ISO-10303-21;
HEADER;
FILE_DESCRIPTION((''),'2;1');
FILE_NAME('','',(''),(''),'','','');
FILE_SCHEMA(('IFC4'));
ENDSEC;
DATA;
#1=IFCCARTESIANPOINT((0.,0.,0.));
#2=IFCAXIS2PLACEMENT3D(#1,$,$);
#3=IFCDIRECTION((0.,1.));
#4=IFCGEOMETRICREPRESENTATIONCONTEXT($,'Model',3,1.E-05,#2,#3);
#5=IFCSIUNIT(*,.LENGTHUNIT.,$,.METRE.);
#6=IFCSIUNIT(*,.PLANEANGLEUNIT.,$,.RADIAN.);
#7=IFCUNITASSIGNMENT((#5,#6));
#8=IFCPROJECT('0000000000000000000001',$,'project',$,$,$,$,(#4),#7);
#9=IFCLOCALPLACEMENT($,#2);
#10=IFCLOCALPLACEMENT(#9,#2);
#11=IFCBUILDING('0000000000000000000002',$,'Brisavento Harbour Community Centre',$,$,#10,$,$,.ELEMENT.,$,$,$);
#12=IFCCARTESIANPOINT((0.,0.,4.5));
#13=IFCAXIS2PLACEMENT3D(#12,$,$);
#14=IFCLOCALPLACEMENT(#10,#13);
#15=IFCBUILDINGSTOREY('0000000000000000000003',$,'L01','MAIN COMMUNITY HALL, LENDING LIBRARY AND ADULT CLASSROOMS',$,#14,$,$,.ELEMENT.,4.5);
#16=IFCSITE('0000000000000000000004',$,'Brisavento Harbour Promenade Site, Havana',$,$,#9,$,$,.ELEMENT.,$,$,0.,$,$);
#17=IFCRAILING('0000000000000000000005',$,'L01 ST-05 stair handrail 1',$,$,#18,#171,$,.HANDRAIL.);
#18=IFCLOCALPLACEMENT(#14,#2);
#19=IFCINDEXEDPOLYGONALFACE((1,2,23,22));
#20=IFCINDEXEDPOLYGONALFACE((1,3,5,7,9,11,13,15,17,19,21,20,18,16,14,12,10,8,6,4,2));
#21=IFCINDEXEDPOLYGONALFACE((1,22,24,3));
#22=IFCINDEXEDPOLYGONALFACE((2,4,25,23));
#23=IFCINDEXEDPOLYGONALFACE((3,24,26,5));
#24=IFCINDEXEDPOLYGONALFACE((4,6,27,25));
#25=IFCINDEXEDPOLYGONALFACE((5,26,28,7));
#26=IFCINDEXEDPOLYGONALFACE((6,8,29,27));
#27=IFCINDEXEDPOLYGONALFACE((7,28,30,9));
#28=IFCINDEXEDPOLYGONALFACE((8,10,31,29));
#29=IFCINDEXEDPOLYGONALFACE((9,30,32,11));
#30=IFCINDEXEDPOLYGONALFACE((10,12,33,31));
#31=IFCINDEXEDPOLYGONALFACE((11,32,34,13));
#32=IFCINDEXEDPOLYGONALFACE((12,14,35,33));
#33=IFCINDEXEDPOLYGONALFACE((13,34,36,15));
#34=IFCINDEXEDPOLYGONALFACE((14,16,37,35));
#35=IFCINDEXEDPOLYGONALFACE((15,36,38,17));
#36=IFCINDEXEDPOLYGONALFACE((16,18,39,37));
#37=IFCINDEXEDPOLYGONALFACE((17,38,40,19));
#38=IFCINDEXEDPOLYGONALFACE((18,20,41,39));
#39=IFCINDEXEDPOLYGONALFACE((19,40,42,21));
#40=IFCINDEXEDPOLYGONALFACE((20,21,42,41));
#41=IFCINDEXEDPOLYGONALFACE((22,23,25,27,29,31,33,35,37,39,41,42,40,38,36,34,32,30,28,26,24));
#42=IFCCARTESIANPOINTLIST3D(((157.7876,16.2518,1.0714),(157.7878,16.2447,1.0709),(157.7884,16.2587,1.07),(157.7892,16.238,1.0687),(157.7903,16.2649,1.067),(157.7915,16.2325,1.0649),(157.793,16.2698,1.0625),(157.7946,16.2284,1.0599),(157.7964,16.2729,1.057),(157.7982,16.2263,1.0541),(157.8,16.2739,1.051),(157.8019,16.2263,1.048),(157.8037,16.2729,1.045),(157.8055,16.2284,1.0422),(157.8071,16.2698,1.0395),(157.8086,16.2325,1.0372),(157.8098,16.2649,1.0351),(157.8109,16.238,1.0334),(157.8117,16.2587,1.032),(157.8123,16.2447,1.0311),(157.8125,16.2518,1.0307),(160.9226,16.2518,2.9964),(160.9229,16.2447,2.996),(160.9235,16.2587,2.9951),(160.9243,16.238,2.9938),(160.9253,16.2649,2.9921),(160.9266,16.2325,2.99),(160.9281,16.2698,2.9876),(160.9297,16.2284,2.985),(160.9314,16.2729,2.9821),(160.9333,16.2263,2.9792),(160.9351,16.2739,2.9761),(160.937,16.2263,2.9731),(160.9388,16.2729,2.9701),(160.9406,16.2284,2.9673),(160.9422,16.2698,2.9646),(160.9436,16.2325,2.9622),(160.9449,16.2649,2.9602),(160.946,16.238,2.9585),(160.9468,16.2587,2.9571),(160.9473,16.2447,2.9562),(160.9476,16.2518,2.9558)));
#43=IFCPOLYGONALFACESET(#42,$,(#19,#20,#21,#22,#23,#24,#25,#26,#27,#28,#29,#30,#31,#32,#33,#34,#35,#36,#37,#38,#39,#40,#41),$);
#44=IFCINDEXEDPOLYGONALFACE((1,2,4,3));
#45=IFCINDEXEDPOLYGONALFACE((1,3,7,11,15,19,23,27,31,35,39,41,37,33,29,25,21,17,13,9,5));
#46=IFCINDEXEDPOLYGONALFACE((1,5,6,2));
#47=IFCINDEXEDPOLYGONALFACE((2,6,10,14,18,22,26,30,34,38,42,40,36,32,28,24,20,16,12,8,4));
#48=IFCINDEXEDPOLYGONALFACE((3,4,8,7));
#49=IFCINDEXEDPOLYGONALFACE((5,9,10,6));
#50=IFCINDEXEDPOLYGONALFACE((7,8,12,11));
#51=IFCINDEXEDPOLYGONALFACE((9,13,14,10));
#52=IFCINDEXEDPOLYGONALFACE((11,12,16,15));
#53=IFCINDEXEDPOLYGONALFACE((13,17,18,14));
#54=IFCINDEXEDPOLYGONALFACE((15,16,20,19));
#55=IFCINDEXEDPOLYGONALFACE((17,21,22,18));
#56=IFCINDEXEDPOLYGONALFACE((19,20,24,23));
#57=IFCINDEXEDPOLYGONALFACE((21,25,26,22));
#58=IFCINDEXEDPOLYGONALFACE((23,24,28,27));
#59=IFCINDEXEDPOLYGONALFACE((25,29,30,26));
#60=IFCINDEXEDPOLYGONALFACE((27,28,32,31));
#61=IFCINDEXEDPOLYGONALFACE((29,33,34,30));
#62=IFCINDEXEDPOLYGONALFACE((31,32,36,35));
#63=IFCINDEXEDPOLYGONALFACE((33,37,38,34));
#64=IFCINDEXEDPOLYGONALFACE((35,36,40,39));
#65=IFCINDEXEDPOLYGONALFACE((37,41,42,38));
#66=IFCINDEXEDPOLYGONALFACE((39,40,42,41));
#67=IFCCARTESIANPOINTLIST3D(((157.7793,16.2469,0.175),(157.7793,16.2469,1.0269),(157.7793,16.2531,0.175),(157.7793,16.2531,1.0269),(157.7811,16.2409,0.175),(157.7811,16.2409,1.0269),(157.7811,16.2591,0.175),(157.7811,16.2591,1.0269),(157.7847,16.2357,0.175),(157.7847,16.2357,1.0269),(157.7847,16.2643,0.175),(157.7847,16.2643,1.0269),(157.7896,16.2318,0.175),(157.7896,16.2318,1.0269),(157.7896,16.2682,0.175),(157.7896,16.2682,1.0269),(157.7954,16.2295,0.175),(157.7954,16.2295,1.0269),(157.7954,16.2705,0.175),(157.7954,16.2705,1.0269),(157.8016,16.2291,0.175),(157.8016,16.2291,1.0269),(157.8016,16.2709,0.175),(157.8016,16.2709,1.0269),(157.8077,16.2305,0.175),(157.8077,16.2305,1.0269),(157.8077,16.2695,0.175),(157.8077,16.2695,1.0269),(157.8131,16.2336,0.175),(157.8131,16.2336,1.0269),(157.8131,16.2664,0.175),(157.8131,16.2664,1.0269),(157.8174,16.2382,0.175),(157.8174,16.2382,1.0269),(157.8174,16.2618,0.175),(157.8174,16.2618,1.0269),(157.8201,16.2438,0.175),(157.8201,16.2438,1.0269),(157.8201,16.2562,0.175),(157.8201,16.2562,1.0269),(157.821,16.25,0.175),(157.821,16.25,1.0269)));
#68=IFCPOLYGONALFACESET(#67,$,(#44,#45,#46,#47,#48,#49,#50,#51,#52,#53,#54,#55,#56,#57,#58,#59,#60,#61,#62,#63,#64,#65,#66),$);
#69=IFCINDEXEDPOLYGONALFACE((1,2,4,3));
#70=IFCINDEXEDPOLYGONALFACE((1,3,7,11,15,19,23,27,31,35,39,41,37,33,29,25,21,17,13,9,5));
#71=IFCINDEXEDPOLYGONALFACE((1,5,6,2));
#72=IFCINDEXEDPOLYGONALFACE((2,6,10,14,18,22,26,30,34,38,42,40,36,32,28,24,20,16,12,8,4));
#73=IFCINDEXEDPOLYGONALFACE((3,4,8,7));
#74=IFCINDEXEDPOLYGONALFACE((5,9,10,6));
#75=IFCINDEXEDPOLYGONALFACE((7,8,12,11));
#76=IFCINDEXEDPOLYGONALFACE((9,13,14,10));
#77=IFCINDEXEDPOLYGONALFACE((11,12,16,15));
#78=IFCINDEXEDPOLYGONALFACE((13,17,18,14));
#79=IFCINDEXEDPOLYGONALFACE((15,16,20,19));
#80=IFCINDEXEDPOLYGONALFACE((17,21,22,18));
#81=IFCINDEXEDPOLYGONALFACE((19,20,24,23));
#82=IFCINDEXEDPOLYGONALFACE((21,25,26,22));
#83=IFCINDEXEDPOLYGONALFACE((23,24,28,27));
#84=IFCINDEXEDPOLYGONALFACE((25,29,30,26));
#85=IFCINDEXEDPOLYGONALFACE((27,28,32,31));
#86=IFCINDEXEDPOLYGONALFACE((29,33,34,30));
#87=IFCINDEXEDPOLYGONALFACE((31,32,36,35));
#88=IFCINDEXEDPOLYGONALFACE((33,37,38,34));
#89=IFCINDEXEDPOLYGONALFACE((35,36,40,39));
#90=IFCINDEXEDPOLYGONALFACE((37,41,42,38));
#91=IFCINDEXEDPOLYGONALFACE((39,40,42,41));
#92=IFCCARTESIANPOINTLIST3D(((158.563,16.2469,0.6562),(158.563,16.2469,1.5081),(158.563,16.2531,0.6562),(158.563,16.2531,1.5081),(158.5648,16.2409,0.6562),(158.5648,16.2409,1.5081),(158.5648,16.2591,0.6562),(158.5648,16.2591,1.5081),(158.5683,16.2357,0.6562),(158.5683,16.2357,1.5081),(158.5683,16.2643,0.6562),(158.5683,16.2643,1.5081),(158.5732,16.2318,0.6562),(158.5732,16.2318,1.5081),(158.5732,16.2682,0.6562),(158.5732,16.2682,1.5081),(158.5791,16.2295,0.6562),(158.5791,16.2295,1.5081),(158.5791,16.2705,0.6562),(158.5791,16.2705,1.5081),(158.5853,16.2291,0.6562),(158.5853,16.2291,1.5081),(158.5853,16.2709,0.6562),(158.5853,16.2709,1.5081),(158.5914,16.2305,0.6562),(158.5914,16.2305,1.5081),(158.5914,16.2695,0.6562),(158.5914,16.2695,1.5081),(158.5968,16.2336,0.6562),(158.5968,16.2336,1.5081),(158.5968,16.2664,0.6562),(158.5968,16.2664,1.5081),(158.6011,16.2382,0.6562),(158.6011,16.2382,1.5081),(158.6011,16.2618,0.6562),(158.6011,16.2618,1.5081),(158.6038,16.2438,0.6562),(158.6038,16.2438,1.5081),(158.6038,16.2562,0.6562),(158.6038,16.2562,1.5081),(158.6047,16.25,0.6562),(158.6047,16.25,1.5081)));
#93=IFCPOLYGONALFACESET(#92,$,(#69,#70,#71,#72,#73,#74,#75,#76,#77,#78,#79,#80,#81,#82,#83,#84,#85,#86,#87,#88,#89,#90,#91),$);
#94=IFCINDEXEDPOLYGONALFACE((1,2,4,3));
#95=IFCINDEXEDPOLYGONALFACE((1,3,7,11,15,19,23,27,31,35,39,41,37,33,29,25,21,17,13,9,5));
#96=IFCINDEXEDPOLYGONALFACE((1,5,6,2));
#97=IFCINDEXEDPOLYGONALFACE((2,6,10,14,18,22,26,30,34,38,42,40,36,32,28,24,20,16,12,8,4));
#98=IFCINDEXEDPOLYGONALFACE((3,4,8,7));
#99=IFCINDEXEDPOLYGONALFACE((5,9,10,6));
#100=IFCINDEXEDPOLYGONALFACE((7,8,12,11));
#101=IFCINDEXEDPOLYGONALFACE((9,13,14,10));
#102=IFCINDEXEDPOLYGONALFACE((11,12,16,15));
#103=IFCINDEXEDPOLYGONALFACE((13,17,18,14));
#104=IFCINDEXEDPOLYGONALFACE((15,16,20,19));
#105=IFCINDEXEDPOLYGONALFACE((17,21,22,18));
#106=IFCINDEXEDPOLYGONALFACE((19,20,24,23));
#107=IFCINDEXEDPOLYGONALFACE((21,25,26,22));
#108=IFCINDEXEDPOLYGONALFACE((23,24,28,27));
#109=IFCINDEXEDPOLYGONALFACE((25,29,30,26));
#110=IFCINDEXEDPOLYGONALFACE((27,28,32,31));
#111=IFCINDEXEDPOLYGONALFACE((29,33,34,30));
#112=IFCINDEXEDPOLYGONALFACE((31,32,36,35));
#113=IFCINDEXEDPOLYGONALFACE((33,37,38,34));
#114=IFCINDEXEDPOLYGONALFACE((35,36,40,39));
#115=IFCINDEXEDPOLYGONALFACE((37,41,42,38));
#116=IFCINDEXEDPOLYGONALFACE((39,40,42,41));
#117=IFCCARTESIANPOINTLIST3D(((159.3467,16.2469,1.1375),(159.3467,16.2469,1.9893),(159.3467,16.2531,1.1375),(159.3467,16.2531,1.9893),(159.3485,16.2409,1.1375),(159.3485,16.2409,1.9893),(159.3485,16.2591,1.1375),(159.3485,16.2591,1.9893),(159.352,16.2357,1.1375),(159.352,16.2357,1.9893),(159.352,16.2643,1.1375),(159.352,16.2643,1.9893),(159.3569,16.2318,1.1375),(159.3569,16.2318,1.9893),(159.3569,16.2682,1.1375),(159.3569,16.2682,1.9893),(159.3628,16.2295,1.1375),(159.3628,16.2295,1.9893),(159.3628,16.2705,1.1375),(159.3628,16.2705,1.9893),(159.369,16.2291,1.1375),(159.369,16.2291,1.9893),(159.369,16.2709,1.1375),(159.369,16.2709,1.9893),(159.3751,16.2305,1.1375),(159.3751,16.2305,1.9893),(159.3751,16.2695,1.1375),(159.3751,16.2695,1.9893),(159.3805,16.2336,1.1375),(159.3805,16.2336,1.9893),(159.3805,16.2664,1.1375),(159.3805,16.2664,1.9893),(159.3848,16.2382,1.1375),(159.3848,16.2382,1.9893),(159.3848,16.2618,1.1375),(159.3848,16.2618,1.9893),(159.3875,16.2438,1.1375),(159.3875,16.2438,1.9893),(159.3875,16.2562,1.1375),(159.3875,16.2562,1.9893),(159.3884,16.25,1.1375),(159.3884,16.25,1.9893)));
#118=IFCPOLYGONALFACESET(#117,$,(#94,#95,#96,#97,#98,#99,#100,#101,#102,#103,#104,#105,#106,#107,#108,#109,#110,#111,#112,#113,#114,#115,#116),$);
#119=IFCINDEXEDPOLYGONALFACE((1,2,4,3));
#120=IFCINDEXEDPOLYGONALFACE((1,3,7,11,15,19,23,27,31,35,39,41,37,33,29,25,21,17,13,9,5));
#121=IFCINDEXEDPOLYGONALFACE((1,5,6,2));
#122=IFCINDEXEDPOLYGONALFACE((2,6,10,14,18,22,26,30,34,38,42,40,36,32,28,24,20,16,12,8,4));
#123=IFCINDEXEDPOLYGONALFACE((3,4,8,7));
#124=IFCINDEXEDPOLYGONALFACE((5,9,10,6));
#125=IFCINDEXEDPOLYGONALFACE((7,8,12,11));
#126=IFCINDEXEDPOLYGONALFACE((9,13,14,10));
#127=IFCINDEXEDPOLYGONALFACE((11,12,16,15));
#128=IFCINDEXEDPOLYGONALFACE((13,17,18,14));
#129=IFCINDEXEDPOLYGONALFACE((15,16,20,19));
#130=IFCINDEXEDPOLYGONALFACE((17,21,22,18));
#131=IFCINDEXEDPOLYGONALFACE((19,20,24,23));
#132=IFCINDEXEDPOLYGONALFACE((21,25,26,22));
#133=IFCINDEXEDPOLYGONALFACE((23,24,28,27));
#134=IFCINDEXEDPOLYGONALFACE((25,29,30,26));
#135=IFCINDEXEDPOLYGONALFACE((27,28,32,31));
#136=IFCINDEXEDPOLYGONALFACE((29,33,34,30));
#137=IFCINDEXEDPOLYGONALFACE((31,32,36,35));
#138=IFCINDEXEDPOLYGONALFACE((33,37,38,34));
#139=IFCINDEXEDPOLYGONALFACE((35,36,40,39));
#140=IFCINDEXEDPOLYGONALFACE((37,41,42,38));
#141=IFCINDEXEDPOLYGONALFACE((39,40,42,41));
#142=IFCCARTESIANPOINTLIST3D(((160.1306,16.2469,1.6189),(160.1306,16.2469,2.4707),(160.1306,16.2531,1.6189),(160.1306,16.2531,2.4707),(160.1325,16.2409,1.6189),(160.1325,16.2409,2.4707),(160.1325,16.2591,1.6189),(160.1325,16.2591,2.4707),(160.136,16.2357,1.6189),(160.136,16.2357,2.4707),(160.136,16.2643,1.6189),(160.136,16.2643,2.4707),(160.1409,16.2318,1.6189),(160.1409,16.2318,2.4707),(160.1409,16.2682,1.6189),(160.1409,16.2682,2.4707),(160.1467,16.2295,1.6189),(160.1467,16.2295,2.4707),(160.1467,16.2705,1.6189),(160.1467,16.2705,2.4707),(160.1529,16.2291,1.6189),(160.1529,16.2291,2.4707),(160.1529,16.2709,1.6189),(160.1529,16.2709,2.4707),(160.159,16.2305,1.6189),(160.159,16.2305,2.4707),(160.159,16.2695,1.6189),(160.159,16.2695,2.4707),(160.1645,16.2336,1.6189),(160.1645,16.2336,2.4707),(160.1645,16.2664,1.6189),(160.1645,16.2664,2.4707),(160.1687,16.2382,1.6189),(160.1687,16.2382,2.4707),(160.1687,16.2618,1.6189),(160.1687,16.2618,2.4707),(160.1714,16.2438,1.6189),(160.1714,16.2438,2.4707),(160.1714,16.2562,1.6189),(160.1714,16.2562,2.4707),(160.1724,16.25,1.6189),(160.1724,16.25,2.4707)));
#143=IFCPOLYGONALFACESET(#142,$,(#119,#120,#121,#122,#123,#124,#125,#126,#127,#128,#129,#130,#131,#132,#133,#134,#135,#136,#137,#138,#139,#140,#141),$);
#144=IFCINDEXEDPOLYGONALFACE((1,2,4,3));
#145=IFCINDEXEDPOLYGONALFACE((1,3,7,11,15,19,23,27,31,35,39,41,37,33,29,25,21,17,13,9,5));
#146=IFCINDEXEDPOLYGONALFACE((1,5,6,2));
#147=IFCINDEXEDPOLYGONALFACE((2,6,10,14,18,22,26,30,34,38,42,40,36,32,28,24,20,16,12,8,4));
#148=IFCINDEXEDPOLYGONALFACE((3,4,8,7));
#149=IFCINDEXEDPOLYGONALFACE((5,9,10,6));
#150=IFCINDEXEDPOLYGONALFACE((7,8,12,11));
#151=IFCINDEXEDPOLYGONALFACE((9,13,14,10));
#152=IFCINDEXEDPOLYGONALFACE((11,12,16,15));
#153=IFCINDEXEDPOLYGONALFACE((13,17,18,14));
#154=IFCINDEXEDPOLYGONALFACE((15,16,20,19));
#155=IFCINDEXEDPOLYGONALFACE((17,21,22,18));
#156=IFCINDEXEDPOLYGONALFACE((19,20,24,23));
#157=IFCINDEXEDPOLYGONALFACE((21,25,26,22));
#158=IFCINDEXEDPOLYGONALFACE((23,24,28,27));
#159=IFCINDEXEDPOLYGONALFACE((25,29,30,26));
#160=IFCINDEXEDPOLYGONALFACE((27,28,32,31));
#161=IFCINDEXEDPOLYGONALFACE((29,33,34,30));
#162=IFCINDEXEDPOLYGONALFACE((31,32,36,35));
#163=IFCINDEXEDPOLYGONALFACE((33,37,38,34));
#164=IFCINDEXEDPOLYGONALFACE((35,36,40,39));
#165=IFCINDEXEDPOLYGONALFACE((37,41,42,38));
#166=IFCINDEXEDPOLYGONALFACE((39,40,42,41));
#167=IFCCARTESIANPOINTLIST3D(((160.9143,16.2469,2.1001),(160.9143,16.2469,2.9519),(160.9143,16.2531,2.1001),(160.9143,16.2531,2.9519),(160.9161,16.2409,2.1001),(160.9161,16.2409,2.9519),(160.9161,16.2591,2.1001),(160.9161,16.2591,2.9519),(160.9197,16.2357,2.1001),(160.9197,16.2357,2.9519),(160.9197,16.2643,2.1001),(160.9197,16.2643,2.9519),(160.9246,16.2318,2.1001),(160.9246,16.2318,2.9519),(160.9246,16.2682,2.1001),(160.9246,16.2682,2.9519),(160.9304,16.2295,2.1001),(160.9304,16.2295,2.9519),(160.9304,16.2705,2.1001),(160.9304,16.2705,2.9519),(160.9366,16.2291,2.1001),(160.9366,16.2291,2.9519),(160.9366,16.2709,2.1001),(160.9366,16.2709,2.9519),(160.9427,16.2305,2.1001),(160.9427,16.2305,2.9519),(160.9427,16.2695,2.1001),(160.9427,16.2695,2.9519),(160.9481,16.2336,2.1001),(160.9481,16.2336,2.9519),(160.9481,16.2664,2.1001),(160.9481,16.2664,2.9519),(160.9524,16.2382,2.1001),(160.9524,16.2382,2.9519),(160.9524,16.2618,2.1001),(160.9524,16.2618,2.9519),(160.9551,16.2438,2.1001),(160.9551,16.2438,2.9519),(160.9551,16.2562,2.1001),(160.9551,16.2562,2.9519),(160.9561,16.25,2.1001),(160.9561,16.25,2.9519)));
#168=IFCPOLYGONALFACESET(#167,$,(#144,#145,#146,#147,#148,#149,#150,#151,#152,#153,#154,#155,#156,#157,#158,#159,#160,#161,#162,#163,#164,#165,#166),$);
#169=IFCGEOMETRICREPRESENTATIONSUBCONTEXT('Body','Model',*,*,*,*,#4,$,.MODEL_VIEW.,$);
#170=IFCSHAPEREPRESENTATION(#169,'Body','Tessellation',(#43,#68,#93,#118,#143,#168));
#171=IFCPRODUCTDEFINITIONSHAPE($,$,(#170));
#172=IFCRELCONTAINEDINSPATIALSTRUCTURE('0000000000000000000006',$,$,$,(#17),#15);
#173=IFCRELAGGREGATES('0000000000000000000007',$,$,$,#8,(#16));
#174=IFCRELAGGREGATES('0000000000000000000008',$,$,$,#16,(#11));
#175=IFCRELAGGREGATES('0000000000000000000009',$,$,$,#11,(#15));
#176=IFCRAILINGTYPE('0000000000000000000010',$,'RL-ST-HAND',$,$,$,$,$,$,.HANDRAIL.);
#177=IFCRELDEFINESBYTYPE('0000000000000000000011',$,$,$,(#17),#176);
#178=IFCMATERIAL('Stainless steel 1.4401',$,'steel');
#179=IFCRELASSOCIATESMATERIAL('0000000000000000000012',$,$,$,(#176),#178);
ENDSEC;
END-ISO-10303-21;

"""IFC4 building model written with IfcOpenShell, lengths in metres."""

from ifc_helpers import new_model, si_unit, direction, frame, origin, origin_2d, place, context, subcontext, project, spatial, circle, extrude, material, type_object, element, save


model = new_model("IFC4")

# Units and contexts
model_context = context("Model", 3, precision=1e-05, world=origin(), true_north=direction((0.0, 1.0)))
body_context = subcontext(model_context, "Body", "Model", "MODEL_VIEW")
ifc_project = project(units=[si_unit("LENGTHUNIT", "METRE"), si_unit("PLANEANGLEUNIT", "RADIAN")], contexts=[model_context])

# Site, building, storey
site_placement = place(None, origin())
site = spatial("IfcSite", under=ifc_project, at=site_placement, Name="Brisavento Harbour Promenade Site, Havana", CompositionType="ELEMENT", RefElevation=0.0)
building_placement = place(site_placement, origin())
building = spatial("IfcBuilding", under=site, at=building_placement, Name="Brisavento Harbour Community Centre", CompositionType="ELEMENT")
storey_placement = place(building_placement, frame((0.0, 0.0, 4.5)))
storey = spatial("IfcBuildingStorey", under=building, at=storey_placement, Name="L01", Description="MAIN COMMUNITY HALL, LENDING LIBRARY AND ADULT CLASSROOMS", CompositionType="ELEMENT", Elevation=4.5)

# Railing
ifc_material_1 = material(Name="Stainless steel 1.4401", Category="steel")
railing_type_1 = type_object("IfcRailingType", Name="RL-ST-HAND", PredefinedType="HANDRAIL", material=ifc_material_1)
railing_1_placement = place(storey_placement, frame((157.8, 16.25, 0.175)))
element("IfcRailing", 1, at=railing_1_placement, inside=storey, type_object=railing_type_1, Name="L01 ST-05 stair handrail 1", PredefinedType="HANDRAIL", context=body_context, shape_type="SweptSolid", body=[
    extrude(circle(Radius=0.0239, at=origin_2d()), frame((0.0, 0.0, 0.876), z_axis=(0.852166, 0.0, 0.523271), x_axis=(0.0, 1.0, 0.0)), (0.0, 0.0, 1.0), 3.679),
    extrude(circle(Radius=0.021, at=origin_2d()), origin(), (0.0, 0.0, 1.0), 0.8518),
    extrude(circle(Radius=0.021, at=origin_2d()), frame((0.7837, 0.0, 0.4812)), (0.0, 0.0, 1.0), 0.8518),
    extrude(circle(Radius=0.021, at=origin_2d()), frame((1.5674, 0.0, 0.9624)), (0.0, 0.0, 1.0), 0.8518),
    extrude(circle(Radius=0.021, at=origin_2d()), frame((2.3513, 0.0, 1.4438)), (0.0, 0.0, 1.0), 0.8518),
    extrude(circle(Radius=0.021, at=origin_2d()), frame((3.135, 0.0, 1.925)), (0.0, 0.0, 1.0), 0.8518),
])

save(model, "model.ifc")
